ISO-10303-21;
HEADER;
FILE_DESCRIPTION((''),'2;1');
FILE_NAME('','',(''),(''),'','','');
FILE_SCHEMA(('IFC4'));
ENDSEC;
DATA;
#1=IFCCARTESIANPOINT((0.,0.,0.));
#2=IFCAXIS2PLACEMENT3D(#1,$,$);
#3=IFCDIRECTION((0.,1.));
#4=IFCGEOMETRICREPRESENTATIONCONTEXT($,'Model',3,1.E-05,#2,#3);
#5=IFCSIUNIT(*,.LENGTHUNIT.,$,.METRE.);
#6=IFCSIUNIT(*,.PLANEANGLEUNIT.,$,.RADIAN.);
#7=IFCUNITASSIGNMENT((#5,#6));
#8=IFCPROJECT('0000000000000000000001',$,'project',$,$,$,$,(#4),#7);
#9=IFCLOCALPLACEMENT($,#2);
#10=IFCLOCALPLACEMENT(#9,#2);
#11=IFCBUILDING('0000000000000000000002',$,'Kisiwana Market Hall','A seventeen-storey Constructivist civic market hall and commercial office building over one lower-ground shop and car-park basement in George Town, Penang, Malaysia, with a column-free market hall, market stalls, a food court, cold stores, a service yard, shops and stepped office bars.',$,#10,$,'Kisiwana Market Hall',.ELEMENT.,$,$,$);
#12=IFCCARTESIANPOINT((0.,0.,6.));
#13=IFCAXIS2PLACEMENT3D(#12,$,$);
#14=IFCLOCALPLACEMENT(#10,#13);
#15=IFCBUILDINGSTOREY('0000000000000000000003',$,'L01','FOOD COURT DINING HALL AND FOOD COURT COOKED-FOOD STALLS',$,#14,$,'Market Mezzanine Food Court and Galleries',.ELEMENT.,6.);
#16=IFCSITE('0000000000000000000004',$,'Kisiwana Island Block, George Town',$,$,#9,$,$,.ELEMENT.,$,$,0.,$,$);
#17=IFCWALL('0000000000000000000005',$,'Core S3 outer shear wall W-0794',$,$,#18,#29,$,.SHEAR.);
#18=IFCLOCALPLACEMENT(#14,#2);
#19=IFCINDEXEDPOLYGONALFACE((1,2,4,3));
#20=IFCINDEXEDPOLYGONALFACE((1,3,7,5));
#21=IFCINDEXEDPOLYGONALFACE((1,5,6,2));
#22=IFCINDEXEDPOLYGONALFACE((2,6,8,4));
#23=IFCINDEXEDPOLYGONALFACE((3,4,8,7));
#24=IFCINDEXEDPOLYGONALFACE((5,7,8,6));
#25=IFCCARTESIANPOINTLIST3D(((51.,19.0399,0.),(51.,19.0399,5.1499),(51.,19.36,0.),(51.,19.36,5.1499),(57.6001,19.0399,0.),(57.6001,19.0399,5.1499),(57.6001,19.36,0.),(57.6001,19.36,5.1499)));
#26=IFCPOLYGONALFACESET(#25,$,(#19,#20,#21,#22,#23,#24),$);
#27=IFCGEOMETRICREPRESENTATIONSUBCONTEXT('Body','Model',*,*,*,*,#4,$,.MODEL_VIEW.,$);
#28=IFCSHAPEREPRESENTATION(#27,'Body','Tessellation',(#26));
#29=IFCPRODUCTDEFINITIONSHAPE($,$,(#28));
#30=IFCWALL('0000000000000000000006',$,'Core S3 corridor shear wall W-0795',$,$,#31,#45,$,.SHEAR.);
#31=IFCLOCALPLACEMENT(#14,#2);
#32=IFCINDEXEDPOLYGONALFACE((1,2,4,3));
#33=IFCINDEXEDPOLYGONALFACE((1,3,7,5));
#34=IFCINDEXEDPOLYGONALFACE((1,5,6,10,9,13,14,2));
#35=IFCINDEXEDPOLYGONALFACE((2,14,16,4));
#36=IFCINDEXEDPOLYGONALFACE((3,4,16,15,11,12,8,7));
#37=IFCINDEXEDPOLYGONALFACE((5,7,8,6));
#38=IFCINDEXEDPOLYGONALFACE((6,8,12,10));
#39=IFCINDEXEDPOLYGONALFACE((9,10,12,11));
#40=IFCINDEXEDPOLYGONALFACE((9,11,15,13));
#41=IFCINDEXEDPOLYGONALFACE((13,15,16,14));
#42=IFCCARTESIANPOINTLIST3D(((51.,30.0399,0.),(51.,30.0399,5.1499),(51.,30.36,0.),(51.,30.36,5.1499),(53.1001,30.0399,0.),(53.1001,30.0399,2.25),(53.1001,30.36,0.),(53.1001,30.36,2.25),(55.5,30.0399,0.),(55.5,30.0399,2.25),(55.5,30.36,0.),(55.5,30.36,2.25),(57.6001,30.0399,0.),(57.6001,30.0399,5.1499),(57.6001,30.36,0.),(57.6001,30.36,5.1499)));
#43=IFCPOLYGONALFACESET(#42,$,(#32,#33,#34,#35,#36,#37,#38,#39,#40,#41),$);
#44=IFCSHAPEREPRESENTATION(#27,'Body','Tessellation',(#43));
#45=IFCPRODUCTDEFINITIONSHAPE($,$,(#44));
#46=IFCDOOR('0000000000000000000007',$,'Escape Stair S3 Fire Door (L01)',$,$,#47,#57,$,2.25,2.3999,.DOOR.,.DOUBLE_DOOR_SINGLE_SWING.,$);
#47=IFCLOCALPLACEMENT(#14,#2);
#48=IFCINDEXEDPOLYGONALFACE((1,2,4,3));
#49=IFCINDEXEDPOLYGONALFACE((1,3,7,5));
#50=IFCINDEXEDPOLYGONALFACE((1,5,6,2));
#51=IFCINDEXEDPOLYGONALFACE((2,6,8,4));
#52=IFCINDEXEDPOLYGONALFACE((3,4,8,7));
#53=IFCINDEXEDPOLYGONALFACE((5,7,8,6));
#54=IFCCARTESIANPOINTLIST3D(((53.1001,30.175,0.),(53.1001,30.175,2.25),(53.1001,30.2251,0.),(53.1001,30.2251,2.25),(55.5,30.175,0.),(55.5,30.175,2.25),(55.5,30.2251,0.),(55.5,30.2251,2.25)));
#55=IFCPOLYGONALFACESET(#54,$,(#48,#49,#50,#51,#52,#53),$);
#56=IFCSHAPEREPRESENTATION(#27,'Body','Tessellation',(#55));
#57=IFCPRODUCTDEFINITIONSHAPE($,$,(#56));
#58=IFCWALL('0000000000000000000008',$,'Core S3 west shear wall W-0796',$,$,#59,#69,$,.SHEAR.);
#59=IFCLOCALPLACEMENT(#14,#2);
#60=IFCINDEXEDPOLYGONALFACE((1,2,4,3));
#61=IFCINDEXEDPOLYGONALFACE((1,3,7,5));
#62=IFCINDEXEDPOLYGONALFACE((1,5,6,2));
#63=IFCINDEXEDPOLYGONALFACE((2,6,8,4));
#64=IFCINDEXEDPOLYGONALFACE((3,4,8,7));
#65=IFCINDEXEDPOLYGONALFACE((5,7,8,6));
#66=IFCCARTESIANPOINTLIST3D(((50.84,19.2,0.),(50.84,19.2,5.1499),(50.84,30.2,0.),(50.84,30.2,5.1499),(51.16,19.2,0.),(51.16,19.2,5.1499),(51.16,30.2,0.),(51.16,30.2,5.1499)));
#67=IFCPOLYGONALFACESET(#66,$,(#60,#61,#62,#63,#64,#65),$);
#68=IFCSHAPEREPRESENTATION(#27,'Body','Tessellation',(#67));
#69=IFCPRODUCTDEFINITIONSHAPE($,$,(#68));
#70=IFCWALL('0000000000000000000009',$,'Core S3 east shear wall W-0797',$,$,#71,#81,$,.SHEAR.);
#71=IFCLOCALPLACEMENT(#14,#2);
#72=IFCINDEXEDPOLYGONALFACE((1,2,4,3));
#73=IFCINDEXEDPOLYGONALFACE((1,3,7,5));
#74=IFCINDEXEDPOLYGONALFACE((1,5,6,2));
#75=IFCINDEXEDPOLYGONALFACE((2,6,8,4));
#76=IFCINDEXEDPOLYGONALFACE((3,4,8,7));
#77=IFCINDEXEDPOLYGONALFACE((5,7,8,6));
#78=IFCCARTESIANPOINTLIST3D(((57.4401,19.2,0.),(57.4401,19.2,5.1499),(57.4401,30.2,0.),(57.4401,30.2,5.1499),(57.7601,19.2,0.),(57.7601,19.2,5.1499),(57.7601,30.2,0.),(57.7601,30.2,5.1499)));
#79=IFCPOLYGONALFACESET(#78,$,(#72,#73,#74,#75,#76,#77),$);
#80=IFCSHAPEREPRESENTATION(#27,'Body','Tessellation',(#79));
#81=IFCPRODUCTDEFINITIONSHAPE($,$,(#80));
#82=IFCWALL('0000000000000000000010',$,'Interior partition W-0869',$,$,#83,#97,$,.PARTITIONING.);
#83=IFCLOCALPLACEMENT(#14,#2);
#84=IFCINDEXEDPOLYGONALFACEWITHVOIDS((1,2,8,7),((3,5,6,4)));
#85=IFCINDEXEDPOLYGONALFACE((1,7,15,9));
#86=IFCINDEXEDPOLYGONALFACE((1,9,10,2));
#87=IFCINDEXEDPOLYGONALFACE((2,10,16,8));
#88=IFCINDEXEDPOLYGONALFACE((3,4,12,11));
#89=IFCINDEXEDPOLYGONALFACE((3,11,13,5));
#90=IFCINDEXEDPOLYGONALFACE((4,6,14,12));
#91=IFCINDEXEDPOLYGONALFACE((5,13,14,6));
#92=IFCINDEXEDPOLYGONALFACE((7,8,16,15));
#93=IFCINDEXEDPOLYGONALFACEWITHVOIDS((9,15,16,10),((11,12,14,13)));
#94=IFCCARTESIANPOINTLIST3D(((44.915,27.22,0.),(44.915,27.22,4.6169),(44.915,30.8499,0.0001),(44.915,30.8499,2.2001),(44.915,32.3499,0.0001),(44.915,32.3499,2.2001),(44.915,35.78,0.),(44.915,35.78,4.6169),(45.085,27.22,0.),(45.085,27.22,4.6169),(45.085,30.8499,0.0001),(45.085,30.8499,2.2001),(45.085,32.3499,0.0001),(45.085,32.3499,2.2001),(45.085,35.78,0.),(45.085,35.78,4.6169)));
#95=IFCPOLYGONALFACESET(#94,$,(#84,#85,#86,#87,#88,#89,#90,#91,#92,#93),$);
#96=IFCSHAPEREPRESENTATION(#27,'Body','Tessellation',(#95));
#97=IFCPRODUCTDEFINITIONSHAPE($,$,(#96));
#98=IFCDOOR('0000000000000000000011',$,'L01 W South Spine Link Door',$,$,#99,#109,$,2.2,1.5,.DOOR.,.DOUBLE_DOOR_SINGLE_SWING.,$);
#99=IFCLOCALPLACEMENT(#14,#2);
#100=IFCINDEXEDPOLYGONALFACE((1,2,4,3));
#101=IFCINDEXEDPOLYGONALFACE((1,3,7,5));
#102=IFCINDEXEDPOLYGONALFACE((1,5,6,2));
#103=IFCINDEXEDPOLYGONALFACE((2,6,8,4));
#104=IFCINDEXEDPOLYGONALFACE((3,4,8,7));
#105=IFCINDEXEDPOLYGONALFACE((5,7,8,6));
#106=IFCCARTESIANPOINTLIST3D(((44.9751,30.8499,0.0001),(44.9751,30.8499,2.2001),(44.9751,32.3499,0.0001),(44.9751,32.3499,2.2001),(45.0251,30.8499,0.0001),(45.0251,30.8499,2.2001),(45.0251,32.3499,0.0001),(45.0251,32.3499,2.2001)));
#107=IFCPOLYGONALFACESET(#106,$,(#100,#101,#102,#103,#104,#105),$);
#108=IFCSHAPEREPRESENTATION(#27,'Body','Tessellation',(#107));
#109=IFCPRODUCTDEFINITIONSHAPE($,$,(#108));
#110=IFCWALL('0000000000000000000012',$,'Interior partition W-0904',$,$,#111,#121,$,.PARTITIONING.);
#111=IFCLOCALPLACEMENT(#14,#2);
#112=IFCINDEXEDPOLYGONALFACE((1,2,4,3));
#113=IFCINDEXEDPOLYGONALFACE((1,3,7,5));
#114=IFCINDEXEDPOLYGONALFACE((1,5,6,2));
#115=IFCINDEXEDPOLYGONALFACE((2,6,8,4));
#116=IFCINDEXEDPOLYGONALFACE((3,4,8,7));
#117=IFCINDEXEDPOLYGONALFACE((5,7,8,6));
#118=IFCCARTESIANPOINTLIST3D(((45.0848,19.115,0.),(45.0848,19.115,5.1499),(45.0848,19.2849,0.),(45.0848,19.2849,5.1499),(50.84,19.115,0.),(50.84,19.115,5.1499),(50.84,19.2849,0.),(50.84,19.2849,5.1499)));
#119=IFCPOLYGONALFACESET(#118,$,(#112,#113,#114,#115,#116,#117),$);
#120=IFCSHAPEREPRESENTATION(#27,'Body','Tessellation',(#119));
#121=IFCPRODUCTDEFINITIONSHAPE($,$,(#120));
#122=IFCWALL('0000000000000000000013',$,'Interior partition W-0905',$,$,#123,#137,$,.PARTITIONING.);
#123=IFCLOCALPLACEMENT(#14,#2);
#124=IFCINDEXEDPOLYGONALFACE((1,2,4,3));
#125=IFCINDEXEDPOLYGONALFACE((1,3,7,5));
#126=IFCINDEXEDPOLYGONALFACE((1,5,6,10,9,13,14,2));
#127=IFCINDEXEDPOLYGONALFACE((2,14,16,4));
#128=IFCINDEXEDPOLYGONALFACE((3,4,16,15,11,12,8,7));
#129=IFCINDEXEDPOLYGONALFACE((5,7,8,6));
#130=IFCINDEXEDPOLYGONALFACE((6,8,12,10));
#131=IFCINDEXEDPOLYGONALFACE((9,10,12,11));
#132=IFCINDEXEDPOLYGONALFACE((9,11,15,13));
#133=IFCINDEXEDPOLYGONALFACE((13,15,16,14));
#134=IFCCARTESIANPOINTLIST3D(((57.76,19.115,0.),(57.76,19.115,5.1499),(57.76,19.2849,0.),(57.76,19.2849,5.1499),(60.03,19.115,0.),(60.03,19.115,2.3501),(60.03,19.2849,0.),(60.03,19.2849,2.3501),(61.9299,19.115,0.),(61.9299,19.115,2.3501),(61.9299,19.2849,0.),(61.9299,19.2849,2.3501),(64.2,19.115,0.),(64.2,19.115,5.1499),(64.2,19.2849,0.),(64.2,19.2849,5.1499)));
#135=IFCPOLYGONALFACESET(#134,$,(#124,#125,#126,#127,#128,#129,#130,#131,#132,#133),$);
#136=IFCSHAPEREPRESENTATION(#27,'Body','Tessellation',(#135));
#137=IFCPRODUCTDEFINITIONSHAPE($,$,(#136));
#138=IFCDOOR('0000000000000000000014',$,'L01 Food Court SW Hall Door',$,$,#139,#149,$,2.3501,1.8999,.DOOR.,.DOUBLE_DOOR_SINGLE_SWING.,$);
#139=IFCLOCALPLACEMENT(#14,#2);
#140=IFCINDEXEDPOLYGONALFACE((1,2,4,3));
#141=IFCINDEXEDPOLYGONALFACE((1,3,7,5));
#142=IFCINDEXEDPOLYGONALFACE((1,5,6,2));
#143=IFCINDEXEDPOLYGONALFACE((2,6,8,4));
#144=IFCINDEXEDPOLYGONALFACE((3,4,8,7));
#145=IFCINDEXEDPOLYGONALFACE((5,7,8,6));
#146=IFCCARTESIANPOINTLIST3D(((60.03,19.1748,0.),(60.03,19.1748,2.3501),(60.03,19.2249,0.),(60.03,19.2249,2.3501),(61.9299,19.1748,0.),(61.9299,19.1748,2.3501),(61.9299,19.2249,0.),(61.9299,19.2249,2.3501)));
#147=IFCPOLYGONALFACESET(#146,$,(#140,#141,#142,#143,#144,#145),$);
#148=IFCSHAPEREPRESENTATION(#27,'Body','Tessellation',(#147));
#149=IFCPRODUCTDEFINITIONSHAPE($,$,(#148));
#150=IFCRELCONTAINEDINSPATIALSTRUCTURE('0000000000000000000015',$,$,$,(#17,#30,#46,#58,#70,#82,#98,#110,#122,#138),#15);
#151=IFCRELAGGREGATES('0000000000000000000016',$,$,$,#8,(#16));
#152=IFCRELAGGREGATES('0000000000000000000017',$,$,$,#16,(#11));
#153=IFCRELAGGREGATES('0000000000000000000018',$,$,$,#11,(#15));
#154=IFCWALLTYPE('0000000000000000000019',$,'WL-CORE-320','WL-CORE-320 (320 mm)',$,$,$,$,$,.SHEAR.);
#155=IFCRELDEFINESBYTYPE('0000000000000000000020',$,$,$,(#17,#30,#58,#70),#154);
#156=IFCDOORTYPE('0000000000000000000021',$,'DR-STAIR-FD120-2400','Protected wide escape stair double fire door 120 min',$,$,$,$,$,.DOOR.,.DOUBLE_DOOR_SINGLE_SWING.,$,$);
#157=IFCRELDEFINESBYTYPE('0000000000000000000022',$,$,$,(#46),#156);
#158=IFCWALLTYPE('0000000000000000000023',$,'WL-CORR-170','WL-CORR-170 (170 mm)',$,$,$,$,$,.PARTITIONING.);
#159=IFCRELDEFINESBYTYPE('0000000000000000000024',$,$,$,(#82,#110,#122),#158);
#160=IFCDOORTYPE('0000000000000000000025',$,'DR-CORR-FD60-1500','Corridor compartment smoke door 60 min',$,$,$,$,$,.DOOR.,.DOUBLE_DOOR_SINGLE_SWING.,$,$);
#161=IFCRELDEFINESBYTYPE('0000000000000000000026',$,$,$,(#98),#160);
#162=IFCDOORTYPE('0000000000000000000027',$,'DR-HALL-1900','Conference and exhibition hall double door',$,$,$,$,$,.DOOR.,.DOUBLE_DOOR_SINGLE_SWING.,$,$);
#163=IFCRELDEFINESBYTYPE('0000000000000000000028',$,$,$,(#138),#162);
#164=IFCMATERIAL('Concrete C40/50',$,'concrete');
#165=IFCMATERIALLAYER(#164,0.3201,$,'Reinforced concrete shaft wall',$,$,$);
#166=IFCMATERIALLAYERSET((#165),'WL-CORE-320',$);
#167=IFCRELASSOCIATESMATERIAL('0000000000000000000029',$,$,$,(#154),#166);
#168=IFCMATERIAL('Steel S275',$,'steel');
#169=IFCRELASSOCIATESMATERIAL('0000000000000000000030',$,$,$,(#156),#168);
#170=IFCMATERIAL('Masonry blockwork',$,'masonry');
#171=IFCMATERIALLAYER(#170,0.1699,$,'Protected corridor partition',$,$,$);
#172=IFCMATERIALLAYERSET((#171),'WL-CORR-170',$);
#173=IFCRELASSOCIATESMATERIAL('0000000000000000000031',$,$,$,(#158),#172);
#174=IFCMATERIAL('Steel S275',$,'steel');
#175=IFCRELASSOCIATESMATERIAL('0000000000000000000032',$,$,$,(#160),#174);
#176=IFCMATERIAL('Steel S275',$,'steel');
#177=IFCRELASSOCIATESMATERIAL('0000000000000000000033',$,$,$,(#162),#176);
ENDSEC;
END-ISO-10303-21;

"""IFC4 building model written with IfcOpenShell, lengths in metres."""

from ifc_helpers import new_model, si_unit, direction, frame, frame_2d, origin, place, context, subcontext, project, spatial, rectangle, extrude, material, layer, layer_set, type_object, element, fill, save


model = new_model("IFC4")

# Units and contexts
model_context = context("Model", 3, precision=1e-05, world=origin(), true_north=direction((0.0, 1.0)))
body_context = subcontext(model_context, "Body", "Model", "MODEL_VIEW")
ifc_project = project(units=[si_unit("LENGTHUNIT", "METRE"), si_unit("PLANEANGLEUNIT", "RADIAN")], contexts=[model_context])

# Site, building, storey
site_placement = place(None, origin())
site = spatial("IfcSite", under=ifc_project, at=site_placement, Name="Kisiwana Island Block, George Town", CompositionType="ELEMENT", RefElevation=0.0)
building_placement = place(site_placement, origin())
building = spatial("IfcBuilding", under=site, at=building_placement, Name="Kisiwana Market Hall", Description="A seventeen-storey Constructivist civic market hall and commercial office building over one lower-ground shop and car-park basement in George Town, Penang, Malaysia, with a column-free market hall, market stalls, a food court, cold stores, a service yard, shops and stepped office bars.", LongName="Kisiwana Market Hall", CompositionType="ELEMENT")
storey_placement = place(building_placement, frame((0.0, 0.0, 6.0)))
storey = spatial("IfcBuildingStorey", under=building, at=storey_placement, Name="L01", Description="FOOD COURT DINING HALL AND FOOD COURT COOKED-FOOD STALLS", LongName="Market Mezzanine Food Court and Galleries", CompositionType="ELEMENT", Elevation=6.0)

# Wall
ifc_material_1 = material(Name="Concrete C40/50", Category="concrete")
ifc_layer_1 = layer(ifc_material_1, 0.3201, Name="Reinforced concrete shaft wall")
ifc_layer_set_1 = layer_set([ifc_layer_1], Name="WL-CORE-320")
wall_type_1 = type_object("IfcWallType", Name="WL-CORE-320", Description="WL-CORE-320 (320 mm)", PredefinedType="SHEAR", material=ifc_layer_set_1)
wall_1_placement = place(storey_placement, frame((51.0, 19.2, 0.0), z_axis=(0.0, 0.0, 1.0), x_axis=(1.0, 0.0, 0.0)))
element("IfcWall", 1, at=wall_1_placement, inside=storey, type_object=wall_type_1, Name="Core S3 outer shear wall W-0794", PredefinedType="SHEAR", context=body_context, shape_type="SweptSolid", body=[
    extrude(rectangle(XDim=6.6001, YDim=0.3201, at=frame_2d((3.3, 0.0))), origin(), (0.0, 0.0, 1.0), 5.1499),
])

# Wall, opening, door
wall_2_placement = place(storey_placement, frame((51.0, 30.2, 0.0), z_axis=(0.0, 0.0, 1.0), x_axis=(1.0, 0.0, 0.0)))
wall_2 = element("IfcWall", 2, at=wall_2_placement, inside=storey, type_object=wall_type_1, Name="Core S3 corridor shear wall W-0795", PredefinedType="SHEAR", context=body_context, shape_type="SweptSolid", body=[
    extrude(rectangle(XDim=6.6001, YDim=0.3201, at=frame_2d((3.3, 0.0))), origin(), (0.0, 0.0, 1.0), 5.1499),
])
opening_1_placement = place(wall_2_placement, frame((2.1001, 0.0, 0.0)))
opening_1 = element("IfcOpeningElement", 3, at=opening_1_placement, cuts=wall_2, PredefinedType="OPENING", context=body_context, shape_type="SweptSolid", body=[
    extrude(rectangle(XDim=2.3999, YDim=2.25, at=frame_2d((1.2, 1.125))), frame((0.0, 0.1719, 0.0), z_axis=(0.0, -1.0, 0.0), x_axis=(1.0, 0.0, 0.0)), (0.0, 0.0, 1.0), 0.344),
])
ifc_material_2 = material(Name="Steel S275", Category="steel")
door_type_1 = type_object("IfcDoorType", Name="DR-STAIR-FD120-2400", Description="Protected wide escape stair double fire door 120 min", OperationType="DOUBLE_DOOR_SINGLE_SWING", PredefinedType="DOOR", material=ifc_material_2)
door_1_placement = place(opening_1_placement, frame((2.3999, 0.0, 0.0), z_axis=(0.0, 0.0, 1.0), x_axis=(-1.0, 0.0, 0.0)))
door_1 = element("IfcDoor", 4, at=door_1_placement, inside=storey, type_object=door_type_1, Name="Escape Stair S3 Fire Door (L01)", OperationType="DOUBLE_DOOR_SINGLE_SWING", OverallHeight=2.25, OverallWidth=2.3999, PredefinedType="DOOR", context=body_context, shape_type="SweptSolid", body=[
    extrude(rectangle(XDim=2.3999, YDim=2.25, at=frame_2d((1.2, 1.125))), frame((0.0, 0.0249, 0.0), z_axis=(0.0, -1.0, 0.0), x_axis=(1.0, 0.0, 0.0)), (0.0, 0.0, 1.0), 0.05),
])
fill(opening_1, door_1)

# Walls
for number, where, z_axis, x_axis, name in (
    (5, (51.0, 19.2, 0.0), (0.0, 0.0, 1.0), (0.0, 1.0, 0.0), "Core S3 west shear wall W-0796"),
    (6, (57.6001, 19.2, 0.0), (0.0, 0.0, 1.0), (0.0, 1.0, 0.0), "Core S3 east shear wall W-0797"),
):
    element("IfcWall", number, at=place(storey_placement, frame(where, z_axis=z_axis, x_axis=x_axis)), inside=storey, type_object=wall_type_1, Name=name, PredefinedType="SHEAR", context=body_context, shape_type="SweptSolid", body=[
        extrude(rectangle(XDim=11.0, YDim=0.3201, at=frame_2d((5.5, 0.0))), origin(), (0.0, 0.0, 1.0), 5.1499),
    ])

# Wall, opening, door
ifc_material_3 = material(Name="Masonry blockwork", Category="masonry")
ifc_layer_2 = layer(ifc_material_3, 0.1699, Name="Protected corridor partition")
ifc_layer_set_2 = layer_set([ifc_layer_2], Name="WL-CORR-170")
wall_type_2 = type_object("IfcWallType", Name="WL-CORR-170", Description="WL-CORR-170 (170 mm)", PredefinedType="PARTITIONING", material=ifc_layer_set_2)
wall_3_placement = place(storey_placement, frame((45.0, 27.22, 0.0), z_axis=(0.0, 0.0, 1.0), x_axis=(0.0, 1.0, 0.0)))
wall_3 = element("IfcWall", 7, at=wall_3_placement, inside=storey, type_object=wall_type_2, Name="Interior partition W-0869", PredefinedType="PARTITIONING", context=body_context, shape_type="SweptSolid", body=[
    extrude(rectangle(XDim=8.5601, YDim=0.1699, at=frame_2d((4.28, 0.0))), origin(), (0.0, 0.0, 1.0), 4.6169),
])
opening_2_placement = place(wall_3_placement, frame((3.6299, 0.0, 0.0)))
opening_2 = element("IfcOpeningElement", 8, at=opening_2_placement, cuts=wall_3, PredefinedType="OPENING", context=body_context, shape_type="SweptSolid", body=[
    extrude(rectangle(XDim=1.5, YDim=2.2, at=frame_2d((0.75, 1.1001))), frame((0.0, 0.0969, 0.0), z_axis=(0.0, -1.0, 0.0), x_axis=(1.0, 0.0, 0.0)), (0.0, 0.0, 1.0), 0.1938),
])
ifc_material_4 = material(Name="Steel S275", Category="steel")
door_type_2 = type_object("IfcDoorType", Name="DR-CORR-FD60-1500", Description="Corridor compartment smoke door 60 min", OperationType="DOUBLE_DOOR_SINGLE_SWING", PredefinedType="DOOR", material=ifc_material_4)
door_2_placement = place(opening_2_placement, origin())
door_2 = element("IfcDoor", 9, at=door_2_placement, inside=storey, type_object=door_type_2, Name="L01 W South Spine Link Door", OperationType="DOUBLE_DOOR_SINGLE_SWING", OverallHeight=2.2, OverallWidth=1.5, PredefinedType="DOOR", context=body_context, shape_type="SweptSolid", body=[
    extrude(rectangle(XDim=1.5, YDim=2.2, at=frame_2d((0.75, 1.1001))), frame((0.0, 0.0249, 0.0), z_axis=(0.0, -1.0, 0.0), x_axis=(1.0, 0.0, 0.0)), (0.0, 0.0, 1.0), 0.05),
])
fill(opening_2, door_2)

# Wall
wall_4_placement = place(storey_placement, frame((45.085, 19.2, 0.0), z_axis=(0.0, 0.0, 1.0), x_axis=(1.0, 0.0, 0.0)))
element("IfcWall", 10, at=wall_4_placement, inside=storey, type_object=wall_type_2, Name="Interior partition W-0904", PredefinedType="PARTITIONING", context=body_context, shape_type="SweptSolid", body=[
    extrude(rectangle(XDim=5.7551, YDim=0.1699, at=frame_2d((2.8774, 0.0))), origin(), (0.0, 0.0, 1.0), 5.1499),
])

# Wall, opening, door
wall_5_placement = place(storey_placement, frame((57.76, 19.2, 0.0), z_axis=(0.0, 0.0, 1.0), x_axis=(1.0, 0.0, 0.0)))
wall_5 = element("IfcWall", 11, at=wall_5_placement, inside=storey, type_object=wall_type_2, Name="Interior partition W-0905", PredefinedType="PARTITIONING", context=body_context, shape_type="SweptSolid", body=[
    extrude(rectangle(XDim=6.4399, YDim=0.1699, at=frame_2d((3.22, 0.0))), origin(), (0.0, 0.0, 1.0), 5.1499),
])
opening_3_placement = place(wall_5_placement, frame((2.27, 0.0, 0.0)))
opening_3 = element("IfcOpeningElement", 12, at=opening_3_placement, cuts=wall_5, PredefinedType="OPENING", context=body_context, shape_type="SweptSolid", body=[
    extrude(rectangle(XDim=1.8999, YDim=2.3501, at=frame_2d((0.95, 1.175))), frame((0.0, 0.0969, 0.0), z_axis=(0.0, -1.0, 0.0), x_axis=(1.0, 0.0, 0.0)), (0.0, 0.0, 1.0), 0.1938),
])
ifc_material_5 = material(Name="Steel S275", Category="steel")
door_type_3 = type_object("IfcDoorType", Name="DR-HALL-1900", Description="Conference and exhibition hall double door", OperationType="DOUBLE_DOOR_SINGLE_SWING", PredefinedType="DOOR", material=ifc_material_5)
door_3_placement = place(opening_3_placement, origin())
door_3 = element("IfcDoor", 13, at=door_3_placement, inside=storey, type_object=door_type_3, Name="L01 Food Court SW Hall Door", OperationType="DOUBLE_DOOR_SINGLE_SWING", OverallHeight=2.3501, OverallWidth=1.8999, PredefinedType="DOOR", context=body_context, shape_type="SweptSolid", body=[
    extrude(rectangle(XDim=1.8999, YDim=2.3501, at=frame_2d((0.95, 1.175))), frame((0.0, 0.0249, 0.0), z_axis=(0.0, -1.0, 0.0), x_axis=(1.0, 0.0, 0.0)), (0.0, 0.0, 1.0), 0.05),
])
fill(opening_3, door_3)

save(model, "model.ifc")
